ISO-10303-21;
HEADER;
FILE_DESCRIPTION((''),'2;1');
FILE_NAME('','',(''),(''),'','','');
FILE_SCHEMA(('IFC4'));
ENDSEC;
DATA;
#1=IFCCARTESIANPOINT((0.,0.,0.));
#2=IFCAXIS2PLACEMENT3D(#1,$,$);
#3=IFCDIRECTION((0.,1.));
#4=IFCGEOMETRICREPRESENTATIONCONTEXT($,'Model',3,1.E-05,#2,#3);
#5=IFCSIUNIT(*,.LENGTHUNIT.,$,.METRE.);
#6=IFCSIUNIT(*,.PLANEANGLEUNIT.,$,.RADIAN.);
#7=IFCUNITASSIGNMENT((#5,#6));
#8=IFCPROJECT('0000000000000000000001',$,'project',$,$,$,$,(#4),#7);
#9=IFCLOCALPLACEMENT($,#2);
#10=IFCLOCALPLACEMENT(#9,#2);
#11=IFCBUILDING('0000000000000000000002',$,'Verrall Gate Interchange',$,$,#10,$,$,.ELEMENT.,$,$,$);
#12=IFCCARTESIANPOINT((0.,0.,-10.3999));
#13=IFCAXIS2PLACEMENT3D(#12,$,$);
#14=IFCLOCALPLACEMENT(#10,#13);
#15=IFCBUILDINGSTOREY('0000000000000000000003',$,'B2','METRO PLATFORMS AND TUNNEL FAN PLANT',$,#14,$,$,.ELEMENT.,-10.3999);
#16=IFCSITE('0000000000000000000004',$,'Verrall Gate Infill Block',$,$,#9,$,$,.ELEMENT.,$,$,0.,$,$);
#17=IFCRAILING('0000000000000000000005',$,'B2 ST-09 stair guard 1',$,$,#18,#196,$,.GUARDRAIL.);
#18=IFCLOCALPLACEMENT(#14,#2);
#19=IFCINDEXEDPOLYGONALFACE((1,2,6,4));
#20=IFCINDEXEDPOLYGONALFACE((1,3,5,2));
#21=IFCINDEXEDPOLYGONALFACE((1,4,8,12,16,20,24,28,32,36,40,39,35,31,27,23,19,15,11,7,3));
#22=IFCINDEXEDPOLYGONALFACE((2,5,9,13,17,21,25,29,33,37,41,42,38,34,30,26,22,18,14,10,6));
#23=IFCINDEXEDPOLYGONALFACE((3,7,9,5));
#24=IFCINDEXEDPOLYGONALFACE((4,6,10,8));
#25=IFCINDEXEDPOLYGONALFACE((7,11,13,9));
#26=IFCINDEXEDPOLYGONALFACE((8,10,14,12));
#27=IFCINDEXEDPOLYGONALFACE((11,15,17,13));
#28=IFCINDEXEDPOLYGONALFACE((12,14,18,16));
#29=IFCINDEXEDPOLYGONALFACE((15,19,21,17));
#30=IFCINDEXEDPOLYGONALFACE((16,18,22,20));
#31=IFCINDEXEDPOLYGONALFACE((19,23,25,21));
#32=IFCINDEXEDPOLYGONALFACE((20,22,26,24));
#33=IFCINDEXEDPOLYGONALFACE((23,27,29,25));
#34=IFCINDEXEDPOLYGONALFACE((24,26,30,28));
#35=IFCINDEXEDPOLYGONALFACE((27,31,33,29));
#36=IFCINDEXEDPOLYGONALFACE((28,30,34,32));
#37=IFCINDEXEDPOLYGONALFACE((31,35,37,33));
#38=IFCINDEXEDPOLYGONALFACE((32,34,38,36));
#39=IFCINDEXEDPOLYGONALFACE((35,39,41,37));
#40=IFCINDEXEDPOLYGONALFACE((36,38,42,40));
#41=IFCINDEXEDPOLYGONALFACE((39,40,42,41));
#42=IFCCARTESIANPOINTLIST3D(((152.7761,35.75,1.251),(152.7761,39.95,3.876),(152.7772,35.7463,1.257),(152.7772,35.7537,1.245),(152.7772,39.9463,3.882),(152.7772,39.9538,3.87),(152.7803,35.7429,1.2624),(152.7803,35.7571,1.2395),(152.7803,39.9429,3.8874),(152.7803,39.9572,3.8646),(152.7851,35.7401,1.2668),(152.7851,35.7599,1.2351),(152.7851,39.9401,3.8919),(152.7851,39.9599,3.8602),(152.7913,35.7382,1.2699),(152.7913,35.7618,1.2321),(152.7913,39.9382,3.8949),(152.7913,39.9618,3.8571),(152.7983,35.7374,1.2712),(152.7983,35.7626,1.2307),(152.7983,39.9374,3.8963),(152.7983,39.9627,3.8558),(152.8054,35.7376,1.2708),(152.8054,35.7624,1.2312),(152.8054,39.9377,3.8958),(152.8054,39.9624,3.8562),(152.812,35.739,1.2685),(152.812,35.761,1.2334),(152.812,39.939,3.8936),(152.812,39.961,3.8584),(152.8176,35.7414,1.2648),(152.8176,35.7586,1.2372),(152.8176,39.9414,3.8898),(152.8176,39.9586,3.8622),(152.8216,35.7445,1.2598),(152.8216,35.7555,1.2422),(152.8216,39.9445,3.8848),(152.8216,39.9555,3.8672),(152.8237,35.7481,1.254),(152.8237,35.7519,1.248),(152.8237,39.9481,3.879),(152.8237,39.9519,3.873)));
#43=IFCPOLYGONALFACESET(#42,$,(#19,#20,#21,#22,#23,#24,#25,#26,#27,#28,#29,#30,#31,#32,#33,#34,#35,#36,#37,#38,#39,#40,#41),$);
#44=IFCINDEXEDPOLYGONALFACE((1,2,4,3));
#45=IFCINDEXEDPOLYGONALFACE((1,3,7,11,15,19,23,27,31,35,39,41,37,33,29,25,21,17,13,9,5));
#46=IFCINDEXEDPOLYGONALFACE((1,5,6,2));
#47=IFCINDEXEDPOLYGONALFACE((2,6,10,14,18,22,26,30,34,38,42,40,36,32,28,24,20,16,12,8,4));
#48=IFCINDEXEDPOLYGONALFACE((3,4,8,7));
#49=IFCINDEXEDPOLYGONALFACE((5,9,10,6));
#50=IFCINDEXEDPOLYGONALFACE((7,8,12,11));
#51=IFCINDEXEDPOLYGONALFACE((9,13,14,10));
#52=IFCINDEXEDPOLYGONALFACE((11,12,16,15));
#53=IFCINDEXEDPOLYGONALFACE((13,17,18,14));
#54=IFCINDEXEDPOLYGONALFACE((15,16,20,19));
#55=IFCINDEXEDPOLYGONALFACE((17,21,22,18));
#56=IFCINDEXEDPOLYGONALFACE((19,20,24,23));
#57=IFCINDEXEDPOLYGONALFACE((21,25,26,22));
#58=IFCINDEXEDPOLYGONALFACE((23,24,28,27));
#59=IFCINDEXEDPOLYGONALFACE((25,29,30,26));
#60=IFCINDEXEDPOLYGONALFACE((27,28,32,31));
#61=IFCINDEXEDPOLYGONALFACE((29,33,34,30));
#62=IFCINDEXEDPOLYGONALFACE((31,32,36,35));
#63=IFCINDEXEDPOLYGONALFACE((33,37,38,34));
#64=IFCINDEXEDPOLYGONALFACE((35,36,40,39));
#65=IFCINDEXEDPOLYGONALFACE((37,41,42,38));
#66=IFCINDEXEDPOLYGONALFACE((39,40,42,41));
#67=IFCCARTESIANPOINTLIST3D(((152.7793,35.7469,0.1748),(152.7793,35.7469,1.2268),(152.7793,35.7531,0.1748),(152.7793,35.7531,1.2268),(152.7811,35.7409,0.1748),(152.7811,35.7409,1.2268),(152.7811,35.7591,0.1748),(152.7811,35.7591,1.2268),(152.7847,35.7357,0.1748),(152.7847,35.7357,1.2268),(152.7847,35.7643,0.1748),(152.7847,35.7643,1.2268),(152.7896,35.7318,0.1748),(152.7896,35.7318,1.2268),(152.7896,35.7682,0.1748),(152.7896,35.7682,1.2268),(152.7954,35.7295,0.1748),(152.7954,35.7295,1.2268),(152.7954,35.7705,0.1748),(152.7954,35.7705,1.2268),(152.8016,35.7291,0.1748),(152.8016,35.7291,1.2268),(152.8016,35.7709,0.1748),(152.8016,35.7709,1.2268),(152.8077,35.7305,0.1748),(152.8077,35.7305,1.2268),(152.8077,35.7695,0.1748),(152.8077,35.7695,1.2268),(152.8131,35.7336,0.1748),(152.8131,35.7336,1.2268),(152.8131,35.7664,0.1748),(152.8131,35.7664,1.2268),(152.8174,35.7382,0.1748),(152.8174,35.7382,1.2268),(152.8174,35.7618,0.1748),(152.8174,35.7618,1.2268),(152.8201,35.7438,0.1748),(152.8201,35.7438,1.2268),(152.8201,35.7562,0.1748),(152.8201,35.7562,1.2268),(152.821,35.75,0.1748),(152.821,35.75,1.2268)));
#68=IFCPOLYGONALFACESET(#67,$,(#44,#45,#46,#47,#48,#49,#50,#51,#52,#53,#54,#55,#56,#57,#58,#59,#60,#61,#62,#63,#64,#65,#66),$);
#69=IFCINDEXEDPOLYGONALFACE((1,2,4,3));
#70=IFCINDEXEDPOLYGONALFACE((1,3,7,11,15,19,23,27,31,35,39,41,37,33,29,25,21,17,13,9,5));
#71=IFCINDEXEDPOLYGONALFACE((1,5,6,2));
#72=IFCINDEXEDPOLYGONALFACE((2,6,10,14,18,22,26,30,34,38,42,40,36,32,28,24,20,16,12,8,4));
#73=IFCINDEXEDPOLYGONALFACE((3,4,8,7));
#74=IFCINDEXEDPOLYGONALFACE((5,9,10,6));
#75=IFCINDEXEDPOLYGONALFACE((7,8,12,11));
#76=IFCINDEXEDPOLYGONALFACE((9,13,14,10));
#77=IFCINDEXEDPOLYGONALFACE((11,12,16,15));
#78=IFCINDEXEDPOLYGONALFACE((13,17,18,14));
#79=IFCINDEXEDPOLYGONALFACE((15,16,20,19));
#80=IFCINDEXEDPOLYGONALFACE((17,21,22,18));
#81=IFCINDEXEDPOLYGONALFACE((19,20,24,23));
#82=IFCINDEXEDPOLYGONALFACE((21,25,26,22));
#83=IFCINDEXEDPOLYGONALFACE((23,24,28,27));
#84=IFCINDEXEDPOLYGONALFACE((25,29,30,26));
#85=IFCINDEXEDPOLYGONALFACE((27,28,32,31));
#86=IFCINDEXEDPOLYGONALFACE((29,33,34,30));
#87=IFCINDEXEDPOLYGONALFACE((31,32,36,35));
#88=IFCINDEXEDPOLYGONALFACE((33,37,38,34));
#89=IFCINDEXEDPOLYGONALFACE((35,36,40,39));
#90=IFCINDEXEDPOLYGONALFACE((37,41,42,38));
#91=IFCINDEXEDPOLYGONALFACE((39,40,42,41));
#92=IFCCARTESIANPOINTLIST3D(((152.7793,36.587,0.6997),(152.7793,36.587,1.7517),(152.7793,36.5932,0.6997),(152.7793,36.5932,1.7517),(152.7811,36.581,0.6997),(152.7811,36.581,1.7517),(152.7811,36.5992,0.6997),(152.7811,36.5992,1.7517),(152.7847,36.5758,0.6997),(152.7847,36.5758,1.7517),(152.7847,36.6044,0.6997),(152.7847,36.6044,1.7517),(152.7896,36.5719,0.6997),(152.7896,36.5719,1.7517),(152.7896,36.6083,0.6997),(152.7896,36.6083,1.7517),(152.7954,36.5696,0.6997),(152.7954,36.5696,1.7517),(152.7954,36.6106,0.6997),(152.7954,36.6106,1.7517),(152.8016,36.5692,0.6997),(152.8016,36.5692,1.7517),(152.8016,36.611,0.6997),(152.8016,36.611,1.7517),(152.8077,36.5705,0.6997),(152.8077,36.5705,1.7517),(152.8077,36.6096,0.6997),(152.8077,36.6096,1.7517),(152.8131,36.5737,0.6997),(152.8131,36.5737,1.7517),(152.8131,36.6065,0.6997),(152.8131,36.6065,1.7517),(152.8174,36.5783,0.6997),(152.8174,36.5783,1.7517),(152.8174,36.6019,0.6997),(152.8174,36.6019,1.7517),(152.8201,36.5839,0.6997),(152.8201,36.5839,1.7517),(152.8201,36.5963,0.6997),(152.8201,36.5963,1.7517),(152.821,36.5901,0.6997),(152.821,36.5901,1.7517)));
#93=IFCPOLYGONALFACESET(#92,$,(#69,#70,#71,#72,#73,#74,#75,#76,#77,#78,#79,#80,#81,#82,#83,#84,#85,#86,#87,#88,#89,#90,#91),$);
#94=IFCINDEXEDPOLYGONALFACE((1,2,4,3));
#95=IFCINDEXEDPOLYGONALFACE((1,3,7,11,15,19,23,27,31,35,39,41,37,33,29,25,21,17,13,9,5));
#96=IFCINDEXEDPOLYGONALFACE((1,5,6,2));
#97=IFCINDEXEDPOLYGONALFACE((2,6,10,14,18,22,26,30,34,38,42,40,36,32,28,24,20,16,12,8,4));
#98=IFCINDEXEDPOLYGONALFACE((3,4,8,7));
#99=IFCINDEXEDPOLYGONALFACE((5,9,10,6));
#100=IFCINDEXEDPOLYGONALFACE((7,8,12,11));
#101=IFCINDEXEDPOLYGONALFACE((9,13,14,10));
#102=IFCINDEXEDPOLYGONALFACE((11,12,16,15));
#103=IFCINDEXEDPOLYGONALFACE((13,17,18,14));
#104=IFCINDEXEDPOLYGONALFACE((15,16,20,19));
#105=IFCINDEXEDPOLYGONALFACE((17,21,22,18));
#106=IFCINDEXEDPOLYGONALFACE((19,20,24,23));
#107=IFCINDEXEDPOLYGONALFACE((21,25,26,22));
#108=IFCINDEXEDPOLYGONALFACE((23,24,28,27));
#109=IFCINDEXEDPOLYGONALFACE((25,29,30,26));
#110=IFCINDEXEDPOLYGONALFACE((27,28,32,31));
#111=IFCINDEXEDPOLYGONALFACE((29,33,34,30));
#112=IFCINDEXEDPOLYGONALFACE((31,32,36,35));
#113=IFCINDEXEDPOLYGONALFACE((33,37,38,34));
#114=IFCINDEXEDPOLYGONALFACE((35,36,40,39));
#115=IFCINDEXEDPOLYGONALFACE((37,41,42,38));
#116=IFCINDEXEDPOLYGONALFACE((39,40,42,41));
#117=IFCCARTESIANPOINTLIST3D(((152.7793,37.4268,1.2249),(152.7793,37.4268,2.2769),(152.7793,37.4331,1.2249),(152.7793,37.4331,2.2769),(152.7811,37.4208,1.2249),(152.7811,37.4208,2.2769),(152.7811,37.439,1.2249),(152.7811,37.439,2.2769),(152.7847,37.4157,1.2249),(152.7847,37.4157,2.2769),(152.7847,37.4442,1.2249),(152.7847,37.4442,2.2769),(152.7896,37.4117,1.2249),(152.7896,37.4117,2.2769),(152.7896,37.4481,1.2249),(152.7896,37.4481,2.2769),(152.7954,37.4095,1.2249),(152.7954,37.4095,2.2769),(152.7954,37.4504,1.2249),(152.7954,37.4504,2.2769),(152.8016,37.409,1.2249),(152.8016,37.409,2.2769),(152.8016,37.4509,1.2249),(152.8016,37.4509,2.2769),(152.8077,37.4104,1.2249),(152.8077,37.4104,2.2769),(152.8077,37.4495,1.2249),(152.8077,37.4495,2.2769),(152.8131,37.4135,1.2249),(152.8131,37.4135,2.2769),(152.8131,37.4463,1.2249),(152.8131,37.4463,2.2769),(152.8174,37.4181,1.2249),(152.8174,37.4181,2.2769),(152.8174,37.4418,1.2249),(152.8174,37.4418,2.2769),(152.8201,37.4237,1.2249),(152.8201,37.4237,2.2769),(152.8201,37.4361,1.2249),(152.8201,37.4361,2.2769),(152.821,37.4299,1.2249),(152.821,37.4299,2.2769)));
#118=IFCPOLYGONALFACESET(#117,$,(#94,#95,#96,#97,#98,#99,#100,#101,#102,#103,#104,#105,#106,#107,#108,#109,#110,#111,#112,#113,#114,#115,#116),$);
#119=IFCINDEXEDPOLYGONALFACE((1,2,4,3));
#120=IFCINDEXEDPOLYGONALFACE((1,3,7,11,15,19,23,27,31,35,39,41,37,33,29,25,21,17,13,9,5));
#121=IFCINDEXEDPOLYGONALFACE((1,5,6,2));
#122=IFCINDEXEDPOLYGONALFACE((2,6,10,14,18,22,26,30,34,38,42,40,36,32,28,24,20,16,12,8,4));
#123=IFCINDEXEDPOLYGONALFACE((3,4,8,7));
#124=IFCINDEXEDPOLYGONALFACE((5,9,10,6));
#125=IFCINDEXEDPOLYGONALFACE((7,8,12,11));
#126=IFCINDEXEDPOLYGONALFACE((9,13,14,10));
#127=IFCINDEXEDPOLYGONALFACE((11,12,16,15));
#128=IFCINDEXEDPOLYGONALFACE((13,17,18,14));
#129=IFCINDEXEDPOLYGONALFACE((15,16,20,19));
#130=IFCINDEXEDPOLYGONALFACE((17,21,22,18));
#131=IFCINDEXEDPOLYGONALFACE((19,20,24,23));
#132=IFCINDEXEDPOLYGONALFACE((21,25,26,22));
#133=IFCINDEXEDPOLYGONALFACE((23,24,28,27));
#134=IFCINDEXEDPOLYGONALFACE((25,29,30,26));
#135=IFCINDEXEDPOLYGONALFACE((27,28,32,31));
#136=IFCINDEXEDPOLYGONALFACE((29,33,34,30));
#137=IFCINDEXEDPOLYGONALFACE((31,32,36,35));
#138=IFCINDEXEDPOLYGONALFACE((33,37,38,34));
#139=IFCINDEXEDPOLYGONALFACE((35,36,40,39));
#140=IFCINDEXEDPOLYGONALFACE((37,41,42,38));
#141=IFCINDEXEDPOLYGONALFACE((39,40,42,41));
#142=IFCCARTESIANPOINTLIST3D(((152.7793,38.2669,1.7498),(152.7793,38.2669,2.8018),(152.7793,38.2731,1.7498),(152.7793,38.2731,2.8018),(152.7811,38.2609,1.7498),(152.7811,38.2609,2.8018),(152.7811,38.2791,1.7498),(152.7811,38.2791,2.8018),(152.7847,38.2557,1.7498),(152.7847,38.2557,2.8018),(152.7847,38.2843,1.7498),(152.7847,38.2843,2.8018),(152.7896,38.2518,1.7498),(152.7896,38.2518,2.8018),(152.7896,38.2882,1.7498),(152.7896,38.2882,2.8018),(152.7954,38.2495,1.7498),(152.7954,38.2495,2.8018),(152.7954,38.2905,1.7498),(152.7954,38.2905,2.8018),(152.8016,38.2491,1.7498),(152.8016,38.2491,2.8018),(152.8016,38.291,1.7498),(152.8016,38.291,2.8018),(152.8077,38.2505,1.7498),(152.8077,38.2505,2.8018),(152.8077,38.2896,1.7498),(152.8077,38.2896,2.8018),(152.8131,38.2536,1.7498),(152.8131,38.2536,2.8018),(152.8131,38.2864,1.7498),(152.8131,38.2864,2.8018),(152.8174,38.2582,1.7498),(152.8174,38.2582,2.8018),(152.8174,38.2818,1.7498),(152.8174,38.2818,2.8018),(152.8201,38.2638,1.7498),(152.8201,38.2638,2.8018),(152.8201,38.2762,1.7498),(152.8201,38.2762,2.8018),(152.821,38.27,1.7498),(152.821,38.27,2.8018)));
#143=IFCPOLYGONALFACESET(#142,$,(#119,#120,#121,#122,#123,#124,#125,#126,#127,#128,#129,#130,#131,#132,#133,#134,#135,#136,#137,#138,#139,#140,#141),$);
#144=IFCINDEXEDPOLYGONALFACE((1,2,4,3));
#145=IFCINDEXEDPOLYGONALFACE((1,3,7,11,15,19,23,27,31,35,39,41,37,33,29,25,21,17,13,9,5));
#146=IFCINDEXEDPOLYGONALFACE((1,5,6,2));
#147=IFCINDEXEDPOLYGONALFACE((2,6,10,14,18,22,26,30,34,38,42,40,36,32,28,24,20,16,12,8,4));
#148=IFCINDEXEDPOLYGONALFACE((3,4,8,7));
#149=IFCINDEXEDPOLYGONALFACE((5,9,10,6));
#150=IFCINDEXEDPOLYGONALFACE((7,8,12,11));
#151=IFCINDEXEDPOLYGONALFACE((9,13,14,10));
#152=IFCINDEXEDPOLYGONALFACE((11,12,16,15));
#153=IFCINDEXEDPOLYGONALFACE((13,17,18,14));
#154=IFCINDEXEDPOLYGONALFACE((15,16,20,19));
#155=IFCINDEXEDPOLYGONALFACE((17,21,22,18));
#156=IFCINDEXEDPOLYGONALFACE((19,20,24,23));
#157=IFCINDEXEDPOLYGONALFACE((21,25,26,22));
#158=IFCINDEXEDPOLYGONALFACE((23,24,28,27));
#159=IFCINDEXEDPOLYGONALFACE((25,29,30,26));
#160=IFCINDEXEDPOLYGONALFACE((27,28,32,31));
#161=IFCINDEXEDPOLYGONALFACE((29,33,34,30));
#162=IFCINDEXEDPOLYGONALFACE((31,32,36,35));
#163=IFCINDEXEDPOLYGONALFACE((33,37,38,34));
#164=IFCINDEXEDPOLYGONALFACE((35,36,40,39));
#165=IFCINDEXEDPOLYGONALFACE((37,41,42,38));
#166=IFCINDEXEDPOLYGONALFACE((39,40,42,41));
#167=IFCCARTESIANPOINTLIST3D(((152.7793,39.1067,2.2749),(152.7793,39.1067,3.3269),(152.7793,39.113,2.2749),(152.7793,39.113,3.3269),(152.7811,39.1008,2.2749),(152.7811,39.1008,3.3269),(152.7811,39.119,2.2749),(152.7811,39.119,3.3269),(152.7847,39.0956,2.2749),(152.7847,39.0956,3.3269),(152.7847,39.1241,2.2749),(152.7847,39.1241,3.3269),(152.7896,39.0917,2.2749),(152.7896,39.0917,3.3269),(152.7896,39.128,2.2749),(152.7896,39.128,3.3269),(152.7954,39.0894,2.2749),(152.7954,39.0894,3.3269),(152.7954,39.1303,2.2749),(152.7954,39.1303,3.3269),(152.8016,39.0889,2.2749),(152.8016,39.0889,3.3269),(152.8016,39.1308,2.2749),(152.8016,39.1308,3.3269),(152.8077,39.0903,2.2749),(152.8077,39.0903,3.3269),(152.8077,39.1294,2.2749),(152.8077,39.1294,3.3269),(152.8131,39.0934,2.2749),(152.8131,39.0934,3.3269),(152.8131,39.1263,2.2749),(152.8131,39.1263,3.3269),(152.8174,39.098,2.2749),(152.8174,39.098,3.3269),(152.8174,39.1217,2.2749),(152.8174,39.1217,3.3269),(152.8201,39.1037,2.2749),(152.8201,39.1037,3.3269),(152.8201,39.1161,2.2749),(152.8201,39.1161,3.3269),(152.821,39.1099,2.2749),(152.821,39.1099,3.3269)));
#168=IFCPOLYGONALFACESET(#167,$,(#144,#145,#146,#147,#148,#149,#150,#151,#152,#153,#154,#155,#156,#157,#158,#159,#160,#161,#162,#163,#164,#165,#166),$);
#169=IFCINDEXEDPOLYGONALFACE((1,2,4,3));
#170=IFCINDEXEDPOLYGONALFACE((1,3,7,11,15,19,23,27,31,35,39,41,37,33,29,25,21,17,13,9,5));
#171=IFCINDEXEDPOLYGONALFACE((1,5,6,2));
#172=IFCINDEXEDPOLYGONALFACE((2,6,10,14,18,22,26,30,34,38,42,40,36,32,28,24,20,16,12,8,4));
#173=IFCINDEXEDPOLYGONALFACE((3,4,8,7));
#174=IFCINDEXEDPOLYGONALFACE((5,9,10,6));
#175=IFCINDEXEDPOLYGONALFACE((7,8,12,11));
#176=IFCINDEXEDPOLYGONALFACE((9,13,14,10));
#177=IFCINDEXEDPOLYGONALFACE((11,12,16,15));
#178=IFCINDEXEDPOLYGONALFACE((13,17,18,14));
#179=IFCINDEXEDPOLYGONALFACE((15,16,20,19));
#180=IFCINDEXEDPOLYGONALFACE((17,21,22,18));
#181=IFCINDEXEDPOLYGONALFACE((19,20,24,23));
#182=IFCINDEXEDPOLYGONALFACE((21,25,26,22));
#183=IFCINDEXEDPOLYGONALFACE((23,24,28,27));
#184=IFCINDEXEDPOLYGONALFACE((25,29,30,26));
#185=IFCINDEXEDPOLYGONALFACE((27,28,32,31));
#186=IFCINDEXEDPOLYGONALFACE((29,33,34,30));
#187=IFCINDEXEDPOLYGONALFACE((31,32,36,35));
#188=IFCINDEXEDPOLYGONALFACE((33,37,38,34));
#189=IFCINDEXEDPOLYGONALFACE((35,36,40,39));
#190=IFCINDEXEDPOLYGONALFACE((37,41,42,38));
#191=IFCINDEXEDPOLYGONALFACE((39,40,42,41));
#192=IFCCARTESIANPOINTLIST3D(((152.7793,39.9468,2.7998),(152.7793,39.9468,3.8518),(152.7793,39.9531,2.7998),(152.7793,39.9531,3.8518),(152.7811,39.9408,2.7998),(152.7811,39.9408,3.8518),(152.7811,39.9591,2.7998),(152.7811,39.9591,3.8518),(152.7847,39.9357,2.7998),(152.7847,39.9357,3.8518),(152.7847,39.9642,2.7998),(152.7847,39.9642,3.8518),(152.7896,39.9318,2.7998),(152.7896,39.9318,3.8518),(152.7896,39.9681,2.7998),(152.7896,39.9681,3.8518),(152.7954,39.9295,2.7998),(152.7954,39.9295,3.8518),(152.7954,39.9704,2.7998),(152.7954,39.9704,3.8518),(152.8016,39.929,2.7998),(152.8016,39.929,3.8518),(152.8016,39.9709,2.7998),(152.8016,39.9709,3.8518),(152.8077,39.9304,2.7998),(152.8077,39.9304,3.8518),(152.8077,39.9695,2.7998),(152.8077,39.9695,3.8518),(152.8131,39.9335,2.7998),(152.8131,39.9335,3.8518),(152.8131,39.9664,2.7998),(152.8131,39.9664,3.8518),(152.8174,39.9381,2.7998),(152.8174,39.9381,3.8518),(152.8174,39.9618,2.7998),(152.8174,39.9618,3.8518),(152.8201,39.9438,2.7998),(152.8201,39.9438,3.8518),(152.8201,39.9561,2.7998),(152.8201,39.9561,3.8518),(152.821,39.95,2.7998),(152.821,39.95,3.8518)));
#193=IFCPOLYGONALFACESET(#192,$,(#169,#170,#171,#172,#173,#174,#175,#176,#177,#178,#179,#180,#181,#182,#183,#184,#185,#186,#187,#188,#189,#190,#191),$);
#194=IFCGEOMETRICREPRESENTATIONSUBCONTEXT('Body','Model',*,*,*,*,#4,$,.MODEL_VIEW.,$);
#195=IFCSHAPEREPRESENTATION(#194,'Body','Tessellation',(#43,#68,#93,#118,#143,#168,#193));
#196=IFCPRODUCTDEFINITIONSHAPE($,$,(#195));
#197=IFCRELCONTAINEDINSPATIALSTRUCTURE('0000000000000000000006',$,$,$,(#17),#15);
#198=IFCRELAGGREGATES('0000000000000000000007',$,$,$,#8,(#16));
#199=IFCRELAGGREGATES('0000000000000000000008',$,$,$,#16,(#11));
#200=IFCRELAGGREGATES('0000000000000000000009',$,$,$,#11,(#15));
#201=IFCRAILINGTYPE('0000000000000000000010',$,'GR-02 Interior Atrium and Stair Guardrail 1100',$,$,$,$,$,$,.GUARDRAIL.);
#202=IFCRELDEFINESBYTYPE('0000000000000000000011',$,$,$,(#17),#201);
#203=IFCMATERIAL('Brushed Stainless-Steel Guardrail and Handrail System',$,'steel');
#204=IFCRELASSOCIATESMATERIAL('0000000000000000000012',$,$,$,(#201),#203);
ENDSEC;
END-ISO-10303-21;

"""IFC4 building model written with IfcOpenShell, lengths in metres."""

from ifc_helpers import new_model, si_unit, direction, frame, origin, origin_2d, place, context, subcontext, project, spatial, circle, extrude, material, type_object, element, save


model = new_model("IFC4")

# Units and contexts
model_context = context("Model", 3, precision=1e-05, world=origin(), true_north=direction((0.0, 1.0)))
body_context = subcontext(model_context, "Body", "Model", "MODEL_VIEW")
ifc_project = project(units=[si_unit("LENGTHUNIT", "METRE"), si_unit("PLANEANGLEUNIT", "RADIAN")], contexts=[model_context])

# Site, building, storey
site_placement = place(None, origin())
site = spatial("IfcSite", under=ifc_project, at=site_placement, Name="Verrall Gate Infill Block", CompositionType="ELEMENT", RefElevation=0.0)
building_placement = place(site_placement, origin())
building = spatial("IfcBuilding", under=site, at=building_placement, Name="Verrall Gate Interchange", CompositionType="ELEMENT")
storey_placement = place(building_placement, frame((0.0, 0.0, -10.3999)))
storey = spatial("IfcBuildingStorey", under=building, at=storey_placement, Name="B2", Description="METRO PLATFORMS AND TUNNEL FAN PLANT", CompositionType="ELEMENT", Elevation=-10.3999)

# Railing
ifc_material_1 = material(Name="Brushed Stainless-Steel Guardrail and Handrail System", Category="steel")
railing_type_1 = type_object("IfcRailingType", Name="GR-02 Interior Atrium and Stair Guardrail 1100", PredefinedType="GUARDRAIL", material=ifc_material_1)
railing_1_placement = place(storey_placement, frame((152.8, 35.75, 0.1748)))
element("IfcRailing", 1, at=railing_1_placement, inside=storey, type_object=railing_type_1, Name="B2 ST-09 stair guard 1", PredefinedType="GUARDRAIL", context=body_context, shape_type="SweptSolid", body=[
    extrude(circle(Radius=0.0239, at=origin_2d()), frame((0.0, 0.0, 1.0762), z_axis=(0.0, 0.847996, 0.530003), x_axis=(-1.0, 0.0, 0.0)), (0.0, 0.0, 1.0), 4.9529),
    extrude(circle(Radius=0.021, at=origin_2d()), origin(), (0.0, 0.0, 1.0), 1.052),
    extrude(circle(Radius=0.021, at=origin_2d()), frame((0.0, 0.8401, 0.5249)), (0.0, 0.0, 1.0), 1.052),
    extrude(circle(Radius=0.021, at=origin_2d()), frame((0.0, 1.6799, 1.05)), (0.0, 0.0, 1.0), 1.052),
    extrude(circle(Radius=0.021, at=origin_2d()), frame((0.0, 2.52, 1.575)), (0.0, 0.0, 1.0), 1.052),
    extrude(circle(Radius=0.021, at=origin_2d()), frame((0.0, 3.3599, 2.1001)), (0.0, 0.0, 1.0), 1.052),
    extrude(circle(Radius=0.021, at=origin_2d()), frame((0.0, 4.2, 2.625)), (0.0, 0.0, 1.0), 1.052),
])

save(model, "model.ifc")
